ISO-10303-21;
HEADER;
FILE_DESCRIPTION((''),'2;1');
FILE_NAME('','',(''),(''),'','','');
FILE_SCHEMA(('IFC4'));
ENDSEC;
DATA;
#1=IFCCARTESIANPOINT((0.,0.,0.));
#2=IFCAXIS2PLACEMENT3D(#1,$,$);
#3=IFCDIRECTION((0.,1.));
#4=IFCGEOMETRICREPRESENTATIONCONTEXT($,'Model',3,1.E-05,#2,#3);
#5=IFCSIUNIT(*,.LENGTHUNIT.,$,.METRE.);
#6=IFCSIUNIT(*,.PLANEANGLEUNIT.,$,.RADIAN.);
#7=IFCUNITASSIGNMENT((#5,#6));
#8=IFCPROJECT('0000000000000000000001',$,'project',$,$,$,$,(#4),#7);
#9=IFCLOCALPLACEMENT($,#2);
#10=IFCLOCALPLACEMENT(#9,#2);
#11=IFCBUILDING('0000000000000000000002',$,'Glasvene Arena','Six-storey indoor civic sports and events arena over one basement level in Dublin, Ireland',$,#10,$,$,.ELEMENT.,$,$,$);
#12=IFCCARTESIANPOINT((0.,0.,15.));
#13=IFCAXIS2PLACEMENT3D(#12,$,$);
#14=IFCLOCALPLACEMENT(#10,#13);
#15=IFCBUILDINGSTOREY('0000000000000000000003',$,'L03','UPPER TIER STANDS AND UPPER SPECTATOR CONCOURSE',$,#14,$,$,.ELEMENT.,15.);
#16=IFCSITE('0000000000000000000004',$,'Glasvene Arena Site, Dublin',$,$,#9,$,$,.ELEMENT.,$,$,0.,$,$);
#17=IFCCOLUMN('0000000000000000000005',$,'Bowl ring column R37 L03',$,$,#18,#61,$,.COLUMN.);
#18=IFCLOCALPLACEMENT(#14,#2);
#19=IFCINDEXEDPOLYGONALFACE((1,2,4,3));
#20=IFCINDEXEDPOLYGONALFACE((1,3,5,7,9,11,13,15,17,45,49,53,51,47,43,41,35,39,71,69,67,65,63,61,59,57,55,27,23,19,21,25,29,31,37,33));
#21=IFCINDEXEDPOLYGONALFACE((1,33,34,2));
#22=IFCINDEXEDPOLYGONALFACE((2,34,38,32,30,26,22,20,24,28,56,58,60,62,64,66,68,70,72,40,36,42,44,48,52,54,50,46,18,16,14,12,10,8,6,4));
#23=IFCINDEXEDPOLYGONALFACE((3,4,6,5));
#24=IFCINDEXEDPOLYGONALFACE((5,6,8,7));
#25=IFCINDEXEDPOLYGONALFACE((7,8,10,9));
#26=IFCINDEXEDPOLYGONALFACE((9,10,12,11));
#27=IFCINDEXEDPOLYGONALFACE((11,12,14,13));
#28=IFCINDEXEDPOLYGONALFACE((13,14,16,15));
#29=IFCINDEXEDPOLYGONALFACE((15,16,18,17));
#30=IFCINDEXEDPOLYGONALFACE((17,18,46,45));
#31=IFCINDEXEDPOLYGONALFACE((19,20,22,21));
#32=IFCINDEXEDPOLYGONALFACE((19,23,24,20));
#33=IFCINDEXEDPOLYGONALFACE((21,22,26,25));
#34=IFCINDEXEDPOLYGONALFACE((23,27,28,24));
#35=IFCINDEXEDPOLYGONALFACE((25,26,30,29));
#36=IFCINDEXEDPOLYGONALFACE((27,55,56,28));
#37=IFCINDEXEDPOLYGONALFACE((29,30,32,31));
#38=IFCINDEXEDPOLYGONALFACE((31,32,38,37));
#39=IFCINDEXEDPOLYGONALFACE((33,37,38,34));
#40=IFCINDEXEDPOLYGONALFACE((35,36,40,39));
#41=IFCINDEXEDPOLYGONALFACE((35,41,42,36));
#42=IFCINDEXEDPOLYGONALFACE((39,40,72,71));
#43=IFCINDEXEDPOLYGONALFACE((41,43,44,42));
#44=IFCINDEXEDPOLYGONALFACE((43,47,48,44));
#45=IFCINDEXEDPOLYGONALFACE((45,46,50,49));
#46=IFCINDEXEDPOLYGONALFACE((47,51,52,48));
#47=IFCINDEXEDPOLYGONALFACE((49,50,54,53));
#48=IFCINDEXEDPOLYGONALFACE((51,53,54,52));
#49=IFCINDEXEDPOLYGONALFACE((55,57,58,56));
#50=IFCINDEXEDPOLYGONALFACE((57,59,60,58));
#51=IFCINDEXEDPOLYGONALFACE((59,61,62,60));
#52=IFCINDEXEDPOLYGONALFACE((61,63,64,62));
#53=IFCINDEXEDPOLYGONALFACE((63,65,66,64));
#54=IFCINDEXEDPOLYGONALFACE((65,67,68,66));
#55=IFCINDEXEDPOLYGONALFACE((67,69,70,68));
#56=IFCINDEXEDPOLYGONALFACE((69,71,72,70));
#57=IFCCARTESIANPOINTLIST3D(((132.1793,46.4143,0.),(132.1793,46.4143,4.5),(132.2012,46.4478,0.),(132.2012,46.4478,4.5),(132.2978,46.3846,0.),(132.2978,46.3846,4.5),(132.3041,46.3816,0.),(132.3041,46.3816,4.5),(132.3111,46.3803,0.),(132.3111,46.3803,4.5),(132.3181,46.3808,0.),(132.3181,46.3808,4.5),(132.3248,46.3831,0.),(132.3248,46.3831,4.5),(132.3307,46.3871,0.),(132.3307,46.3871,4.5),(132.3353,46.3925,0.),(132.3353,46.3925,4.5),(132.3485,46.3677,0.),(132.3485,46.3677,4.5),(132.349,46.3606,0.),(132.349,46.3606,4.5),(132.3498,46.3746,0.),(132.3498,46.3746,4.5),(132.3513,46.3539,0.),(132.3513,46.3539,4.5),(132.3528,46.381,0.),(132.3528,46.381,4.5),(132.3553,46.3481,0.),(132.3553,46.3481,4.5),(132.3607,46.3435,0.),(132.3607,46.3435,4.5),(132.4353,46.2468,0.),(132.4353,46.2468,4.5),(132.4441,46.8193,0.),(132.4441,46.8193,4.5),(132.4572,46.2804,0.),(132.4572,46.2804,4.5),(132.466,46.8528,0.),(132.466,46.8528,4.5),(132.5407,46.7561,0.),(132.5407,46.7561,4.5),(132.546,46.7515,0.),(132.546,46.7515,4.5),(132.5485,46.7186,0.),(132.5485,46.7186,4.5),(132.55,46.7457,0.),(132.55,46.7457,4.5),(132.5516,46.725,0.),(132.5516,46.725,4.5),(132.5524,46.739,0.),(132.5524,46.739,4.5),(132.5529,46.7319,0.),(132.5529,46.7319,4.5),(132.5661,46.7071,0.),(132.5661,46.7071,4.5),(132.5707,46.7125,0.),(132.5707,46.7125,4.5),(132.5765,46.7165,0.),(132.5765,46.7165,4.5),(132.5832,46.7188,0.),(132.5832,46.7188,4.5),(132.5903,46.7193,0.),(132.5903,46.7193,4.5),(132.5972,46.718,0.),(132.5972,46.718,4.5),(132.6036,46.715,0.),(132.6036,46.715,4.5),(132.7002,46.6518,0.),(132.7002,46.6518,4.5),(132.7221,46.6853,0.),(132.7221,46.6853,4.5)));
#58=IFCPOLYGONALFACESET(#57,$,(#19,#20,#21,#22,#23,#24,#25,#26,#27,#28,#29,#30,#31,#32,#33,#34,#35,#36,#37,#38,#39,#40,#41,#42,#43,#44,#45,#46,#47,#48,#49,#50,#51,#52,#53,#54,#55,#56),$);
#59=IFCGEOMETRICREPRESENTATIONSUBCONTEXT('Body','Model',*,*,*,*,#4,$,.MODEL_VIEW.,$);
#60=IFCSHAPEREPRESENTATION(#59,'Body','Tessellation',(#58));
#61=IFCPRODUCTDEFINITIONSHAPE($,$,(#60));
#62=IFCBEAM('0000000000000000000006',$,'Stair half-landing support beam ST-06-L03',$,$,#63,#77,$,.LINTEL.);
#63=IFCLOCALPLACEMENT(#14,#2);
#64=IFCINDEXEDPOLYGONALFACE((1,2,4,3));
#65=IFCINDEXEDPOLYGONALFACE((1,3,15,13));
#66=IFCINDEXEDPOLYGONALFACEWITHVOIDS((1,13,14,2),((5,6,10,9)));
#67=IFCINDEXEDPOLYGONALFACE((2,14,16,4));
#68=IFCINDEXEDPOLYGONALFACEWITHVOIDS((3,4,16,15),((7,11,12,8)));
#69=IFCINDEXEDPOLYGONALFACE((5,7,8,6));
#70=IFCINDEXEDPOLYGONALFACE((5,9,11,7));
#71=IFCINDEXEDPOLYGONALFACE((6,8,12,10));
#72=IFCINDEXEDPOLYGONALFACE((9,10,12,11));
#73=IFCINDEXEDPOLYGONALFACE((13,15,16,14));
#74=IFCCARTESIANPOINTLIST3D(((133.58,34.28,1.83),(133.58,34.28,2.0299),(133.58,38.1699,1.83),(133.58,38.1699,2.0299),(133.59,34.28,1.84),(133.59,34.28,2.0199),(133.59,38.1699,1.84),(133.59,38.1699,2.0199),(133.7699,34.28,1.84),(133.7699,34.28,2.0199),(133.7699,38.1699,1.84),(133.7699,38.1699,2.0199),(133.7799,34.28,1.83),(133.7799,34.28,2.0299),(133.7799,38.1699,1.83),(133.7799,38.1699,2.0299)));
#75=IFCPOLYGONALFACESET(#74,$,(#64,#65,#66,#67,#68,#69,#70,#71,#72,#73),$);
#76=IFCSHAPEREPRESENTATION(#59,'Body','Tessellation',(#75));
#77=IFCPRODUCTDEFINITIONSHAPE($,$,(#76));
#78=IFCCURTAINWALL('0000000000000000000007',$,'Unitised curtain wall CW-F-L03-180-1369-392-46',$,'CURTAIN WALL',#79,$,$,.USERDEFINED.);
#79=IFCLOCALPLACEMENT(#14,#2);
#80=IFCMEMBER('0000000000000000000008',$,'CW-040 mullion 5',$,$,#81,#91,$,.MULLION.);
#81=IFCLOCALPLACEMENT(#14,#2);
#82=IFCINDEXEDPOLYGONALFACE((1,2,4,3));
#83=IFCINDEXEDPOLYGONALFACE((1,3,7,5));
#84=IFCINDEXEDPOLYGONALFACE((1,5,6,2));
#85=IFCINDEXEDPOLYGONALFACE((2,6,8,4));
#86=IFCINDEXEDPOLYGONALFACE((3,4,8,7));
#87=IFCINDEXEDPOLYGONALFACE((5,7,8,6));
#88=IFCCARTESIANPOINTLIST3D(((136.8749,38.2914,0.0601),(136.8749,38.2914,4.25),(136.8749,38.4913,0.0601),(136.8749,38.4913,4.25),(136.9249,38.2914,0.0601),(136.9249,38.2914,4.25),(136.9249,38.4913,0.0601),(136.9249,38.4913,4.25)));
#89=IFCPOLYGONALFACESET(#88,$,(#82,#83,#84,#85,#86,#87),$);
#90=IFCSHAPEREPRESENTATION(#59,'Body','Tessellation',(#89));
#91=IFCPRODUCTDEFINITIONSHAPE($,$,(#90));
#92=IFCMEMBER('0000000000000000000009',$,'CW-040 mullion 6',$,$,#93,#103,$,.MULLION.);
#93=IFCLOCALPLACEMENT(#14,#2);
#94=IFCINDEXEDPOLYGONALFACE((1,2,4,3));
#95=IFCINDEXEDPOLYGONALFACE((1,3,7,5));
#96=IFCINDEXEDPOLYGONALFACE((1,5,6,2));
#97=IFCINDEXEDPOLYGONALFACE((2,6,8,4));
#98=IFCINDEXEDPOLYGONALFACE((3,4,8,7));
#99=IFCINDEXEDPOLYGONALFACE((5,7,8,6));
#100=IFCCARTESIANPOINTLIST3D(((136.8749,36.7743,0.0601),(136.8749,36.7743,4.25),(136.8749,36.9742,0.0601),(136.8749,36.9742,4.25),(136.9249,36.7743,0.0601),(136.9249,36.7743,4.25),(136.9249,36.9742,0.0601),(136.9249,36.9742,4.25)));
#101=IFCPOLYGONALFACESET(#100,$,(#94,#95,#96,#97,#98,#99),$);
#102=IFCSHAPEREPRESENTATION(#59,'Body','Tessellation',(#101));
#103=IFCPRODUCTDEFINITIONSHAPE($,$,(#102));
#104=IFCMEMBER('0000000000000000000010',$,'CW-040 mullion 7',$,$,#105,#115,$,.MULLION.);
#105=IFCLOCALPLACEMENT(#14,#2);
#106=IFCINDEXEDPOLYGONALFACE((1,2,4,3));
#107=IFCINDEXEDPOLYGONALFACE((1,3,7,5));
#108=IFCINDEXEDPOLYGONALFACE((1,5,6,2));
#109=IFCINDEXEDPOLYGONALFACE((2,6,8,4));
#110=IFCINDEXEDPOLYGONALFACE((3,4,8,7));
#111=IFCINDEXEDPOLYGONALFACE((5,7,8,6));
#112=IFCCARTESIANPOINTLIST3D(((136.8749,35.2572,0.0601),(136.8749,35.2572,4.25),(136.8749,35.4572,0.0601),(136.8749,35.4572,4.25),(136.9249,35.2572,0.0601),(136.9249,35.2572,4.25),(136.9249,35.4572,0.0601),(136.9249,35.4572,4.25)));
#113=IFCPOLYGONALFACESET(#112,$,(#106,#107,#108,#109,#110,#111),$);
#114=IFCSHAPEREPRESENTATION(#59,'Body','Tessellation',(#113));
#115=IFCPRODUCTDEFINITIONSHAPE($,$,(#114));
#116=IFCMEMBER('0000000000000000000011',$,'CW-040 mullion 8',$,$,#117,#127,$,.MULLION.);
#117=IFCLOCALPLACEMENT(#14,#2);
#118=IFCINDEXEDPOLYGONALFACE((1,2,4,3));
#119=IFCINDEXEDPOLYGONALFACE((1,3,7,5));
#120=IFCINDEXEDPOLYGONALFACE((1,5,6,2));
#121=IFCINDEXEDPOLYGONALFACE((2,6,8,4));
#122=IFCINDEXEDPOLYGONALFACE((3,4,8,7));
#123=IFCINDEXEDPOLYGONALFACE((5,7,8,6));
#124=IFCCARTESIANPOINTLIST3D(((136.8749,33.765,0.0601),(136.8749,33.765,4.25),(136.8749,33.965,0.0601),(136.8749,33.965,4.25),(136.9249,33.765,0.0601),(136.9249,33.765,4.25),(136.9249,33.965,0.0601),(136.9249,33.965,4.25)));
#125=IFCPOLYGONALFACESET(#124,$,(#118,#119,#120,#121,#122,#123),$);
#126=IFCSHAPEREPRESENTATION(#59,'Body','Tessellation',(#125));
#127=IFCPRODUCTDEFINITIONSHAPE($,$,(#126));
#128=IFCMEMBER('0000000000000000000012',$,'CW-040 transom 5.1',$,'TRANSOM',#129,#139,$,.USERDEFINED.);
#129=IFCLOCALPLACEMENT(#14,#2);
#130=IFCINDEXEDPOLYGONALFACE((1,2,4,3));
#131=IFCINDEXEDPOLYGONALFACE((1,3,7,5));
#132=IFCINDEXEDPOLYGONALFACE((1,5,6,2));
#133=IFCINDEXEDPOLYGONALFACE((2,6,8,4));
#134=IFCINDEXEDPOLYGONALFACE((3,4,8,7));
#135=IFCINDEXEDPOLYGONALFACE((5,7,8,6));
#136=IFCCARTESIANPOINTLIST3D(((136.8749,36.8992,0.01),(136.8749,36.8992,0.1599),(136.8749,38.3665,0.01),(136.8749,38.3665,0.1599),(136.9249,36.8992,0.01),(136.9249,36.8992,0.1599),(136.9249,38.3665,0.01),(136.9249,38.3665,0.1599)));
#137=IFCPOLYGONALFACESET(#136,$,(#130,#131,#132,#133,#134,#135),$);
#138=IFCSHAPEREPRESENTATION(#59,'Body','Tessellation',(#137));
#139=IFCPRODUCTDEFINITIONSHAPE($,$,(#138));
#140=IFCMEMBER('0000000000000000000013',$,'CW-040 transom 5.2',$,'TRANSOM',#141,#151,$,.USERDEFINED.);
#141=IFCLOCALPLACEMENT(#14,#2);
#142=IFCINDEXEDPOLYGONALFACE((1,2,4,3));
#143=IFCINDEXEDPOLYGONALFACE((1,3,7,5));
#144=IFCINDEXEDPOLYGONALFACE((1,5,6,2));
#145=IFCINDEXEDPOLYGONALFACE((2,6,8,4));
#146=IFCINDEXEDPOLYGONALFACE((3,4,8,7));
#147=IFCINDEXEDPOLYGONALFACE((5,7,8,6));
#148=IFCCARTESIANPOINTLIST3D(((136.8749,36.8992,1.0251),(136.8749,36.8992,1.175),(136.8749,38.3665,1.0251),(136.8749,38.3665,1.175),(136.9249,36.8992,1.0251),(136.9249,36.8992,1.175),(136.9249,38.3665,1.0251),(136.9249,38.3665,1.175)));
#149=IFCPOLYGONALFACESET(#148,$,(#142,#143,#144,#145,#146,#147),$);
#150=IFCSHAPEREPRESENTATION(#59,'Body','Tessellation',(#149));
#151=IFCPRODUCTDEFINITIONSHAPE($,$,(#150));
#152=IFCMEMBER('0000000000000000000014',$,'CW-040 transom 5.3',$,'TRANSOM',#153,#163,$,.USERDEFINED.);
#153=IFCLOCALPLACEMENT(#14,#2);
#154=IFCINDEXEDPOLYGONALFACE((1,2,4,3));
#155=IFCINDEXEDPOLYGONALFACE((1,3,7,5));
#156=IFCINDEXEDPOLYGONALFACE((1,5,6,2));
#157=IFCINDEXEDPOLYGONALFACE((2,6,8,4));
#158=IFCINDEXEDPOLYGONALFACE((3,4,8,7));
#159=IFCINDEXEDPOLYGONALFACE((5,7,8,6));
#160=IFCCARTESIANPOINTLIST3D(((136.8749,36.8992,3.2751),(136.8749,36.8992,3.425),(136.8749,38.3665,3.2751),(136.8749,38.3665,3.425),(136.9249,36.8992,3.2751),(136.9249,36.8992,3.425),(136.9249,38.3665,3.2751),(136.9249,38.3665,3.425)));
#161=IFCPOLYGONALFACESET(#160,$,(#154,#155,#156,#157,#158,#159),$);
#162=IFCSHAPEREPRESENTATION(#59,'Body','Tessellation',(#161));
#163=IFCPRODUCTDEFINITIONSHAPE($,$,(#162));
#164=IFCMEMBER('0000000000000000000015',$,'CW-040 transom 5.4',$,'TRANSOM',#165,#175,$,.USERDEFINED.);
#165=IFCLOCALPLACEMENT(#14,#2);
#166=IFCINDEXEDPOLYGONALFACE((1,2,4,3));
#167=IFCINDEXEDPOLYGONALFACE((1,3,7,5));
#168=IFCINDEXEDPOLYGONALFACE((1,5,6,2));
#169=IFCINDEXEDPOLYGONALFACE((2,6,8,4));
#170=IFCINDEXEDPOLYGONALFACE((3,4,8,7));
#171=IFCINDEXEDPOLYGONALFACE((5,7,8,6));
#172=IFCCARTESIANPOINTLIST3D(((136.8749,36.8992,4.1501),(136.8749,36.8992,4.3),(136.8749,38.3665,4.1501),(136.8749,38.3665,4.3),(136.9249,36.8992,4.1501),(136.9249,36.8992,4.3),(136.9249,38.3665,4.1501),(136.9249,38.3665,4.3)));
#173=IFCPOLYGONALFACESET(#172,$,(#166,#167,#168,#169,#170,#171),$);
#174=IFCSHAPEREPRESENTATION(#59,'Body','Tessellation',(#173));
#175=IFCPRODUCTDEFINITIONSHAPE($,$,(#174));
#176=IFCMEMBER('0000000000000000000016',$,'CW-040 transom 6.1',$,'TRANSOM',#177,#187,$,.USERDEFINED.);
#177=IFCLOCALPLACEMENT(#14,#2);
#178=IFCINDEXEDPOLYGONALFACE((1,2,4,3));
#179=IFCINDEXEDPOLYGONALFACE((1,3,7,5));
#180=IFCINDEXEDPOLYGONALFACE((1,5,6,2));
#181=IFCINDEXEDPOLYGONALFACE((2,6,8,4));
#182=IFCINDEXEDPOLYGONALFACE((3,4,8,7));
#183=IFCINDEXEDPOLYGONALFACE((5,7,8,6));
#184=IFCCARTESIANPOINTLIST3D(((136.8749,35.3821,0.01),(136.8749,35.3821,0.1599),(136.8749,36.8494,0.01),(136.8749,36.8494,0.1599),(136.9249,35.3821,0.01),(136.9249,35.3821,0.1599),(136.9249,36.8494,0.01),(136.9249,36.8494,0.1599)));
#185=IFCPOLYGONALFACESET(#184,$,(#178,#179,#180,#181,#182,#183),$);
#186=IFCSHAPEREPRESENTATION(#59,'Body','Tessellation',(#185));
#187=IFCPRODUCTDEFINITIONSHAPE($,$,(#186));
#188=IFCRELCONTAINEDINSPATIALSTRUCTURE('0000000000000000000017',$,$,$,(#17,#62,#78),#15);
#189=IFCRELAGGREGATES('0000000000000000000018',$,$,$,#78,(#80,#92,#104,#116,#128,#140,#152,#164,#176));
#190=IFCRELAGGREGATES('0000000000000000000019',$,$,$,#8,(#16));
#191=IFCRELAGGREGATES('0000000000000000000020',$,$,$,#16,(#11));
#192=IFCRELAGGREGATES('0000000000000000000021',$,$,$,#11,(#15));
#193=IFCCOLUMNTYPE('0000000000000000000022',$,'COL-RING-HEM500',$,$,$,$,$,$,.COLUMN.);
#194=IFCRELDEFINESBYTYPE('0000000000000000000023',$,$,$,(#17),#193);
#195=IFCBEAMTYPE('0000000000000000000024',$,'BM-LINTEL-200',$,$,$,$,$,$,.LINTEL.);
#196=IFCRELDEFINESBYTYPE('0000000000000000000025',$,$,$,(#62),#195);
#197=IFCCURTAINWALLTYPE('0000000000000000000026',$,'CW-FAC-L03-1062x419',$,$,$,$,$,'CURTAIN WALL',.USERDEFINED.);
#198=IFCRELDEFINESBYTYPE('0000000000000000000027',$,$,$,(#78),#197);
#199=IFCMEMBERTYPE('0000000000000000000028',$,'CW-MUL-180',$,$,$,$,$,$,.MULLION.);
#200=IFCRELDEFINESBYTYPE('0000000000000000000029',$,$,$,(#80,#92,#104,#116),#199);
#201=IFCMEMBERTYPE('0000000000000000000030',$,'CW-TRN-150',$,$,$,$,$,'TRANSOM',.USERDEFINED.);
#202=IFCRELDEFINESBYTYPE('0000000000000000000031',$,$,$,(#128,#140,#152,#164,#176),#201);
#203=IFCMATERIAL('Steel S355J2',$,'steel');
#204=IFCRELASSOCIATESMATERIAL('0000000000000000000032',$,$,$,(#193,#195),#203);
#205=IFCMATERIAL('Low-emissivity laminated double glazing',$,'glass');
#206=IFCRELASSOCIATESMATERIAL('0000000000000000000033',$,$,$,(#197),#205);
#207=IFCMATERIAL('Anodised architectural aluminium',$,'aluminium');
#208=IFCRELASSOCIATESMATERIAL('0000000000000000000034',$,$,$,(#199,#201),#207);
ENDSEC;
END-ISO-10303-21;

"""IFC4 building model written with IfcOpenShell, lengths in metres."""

from ifc_helpers import new_model, si_unit, direction, frame, origin, origin_2d, place, context, subcontext, project, spatial, rectangle, hollow_rectangle, i_section, extrude, material, material_profile, profile_set, type_object, element, aggregate, save


model = new_model("IFC4")

# Units and contexts
model_context = context("Model", 3, precision=1e-05, world=origin(), true_north=direction((0.0, 1.0)))
body_context = subcontext(model_context, "Body", "Model", "MODEL_VIEW")
ifc_project = project(units=[si_unit("LENGTHUNIT", "METRE"), si_unit("PLANEANGLEUNIT", "RADIAN")], contexts=[model_context])

# Site, building, storey
site_placement = place(None, origin())
site = spatial("IfcSite", under=ifc_project, at=site_placement, Name="Glasvene Arena Site, Dublin", CompositionType="ELEMENT", RefElevation=0.0)
building_placement = place(site_placement, origin())
building = spatial("IfcBuilding", under=site, at=building_placement, Name="Glasvene Arena", Description="Six-storey indoor civic sports and events arena over one basement level in Dublin, Ireland", CompositionType="ELEMENT")
storey_placement = place(building_placement, frame((0.0, 0.0, 15.0)))
storey = spatial("IfcBuildingStorey", under=building, at=storey_placement, Name="L03", Description="UPPER TIER STANDS AND UPPER SPECTATOR CONCOURSE", CompositionType="ELEMENT", Elevation=15.0)

# Column
ifc_material_1 = material(Name="Steel S355J2", Category="steel")
ifc_material_profile_1 = material_profile(ifc_material_1, i_section(OverallWidth=0.3059, OverallDepth=0.5239, WebThickness=0.021, FlangeThickness=0.04, FilletRadius=0.0271, at=origin_2d()), Name="HEM 500")
ifc_profile_set_1 = profile_set([ifc_material_profile_1], Name="Steel S355J2")
column_type = type_object("IfcColumnType", Name="COL-RING-HEM500", PredefinedType="COLUMN", material=ifc_profile_set_1)
column_placement = place(storey_placement, frame((132.4507, 46.5498, 0.0), z_axis=(0.0, 0.0, 1.0), x_axis=(0.836955, -0.547271, 0.0)))
element("IfcColumn", 1, at=column_placement, inside=storey, type_object=column_type, Name="Bowl ring column R37 L03", PredefinedType="COLUMN", context=body_context, shape_type="SweptSolid", body=[
    extrude(i_section(OverallWidth=0.3059, OverallDepth=0.5239, WebThickness=0.021, FlangeThickness=0.04, FilletRadius=0.0271, at=origin_2d()), origin(), (0.0, 0.0, 1.0), 4.5),
])

# Beam
ifc_material_profile_2 = material_profile(ifc_material_1, hollow_rectangle(XDim=0.2, YDim=0.2, WallThickness=0.01, at=origin_2d()), Name="SHS 200x200x10.0")
ifc_profile_set_2 = profile_set([ifc_material_profile_2], Name="Steel S355J2")
beam_type = type_object("IfcBeamType", Name="BM-LINTEL-200", PredefinedType="LINTEL", material=ifc_profile_set_2)
beam_placement = place(storey_placement, frame((133.6799, 34.28, 1.9299), z_axis=(0.0, 1.0, 0.0), x_axis=(-1.0, 0.0, 0.0)))
element("IfcBeam", 2, at=beam_placement, inside=storey, type_object=beam_type, Name="Stair half-landing support beam ST-06-L03", PredefinedType="LINTEL", context=body_context, shape_type="SweptSolid", body=[
    extrude(hollow_rectangle(XDim=0.2, YDim=0.2, WallThickness=0.01, at=origin_2d()), origin(), (0.0, 0.0, 1.0), 3.8899),
])

# Curtain wall, members
ifc_material_2 = material(Name="Low-emissivity laminated double glazing", Category="glass")
curtain_wall_type = type_object("IfcCurtainWallType", Name="CW-FAC-L03-1062x419", ElementType="CURTAIN WALL", PredefinedType="USERDEFINED", material=ifc_material_2)
curtain_wall_placement = place(storey_placement, frame((136.8999, 44.46, 0.0)))
curtain_wall = element("IfcCurtainWall", 3, at=curtain_wall_placement, inside=storey, type_object=curtain_wall_type, Name="Unitised curtain wall CW-F-L03-180-1369-392-46", ObjectType="CURTAIN WALL", PredefinedType="USERDEFINED")
ifc_material_3 = material(Name="Anodised architectural aluminium", Category="aluminium")
ifc_material_profile_3 = material_profile(ifc_material_3, rectangle(XDim=0.05, YDim=0.2, at=origin_2d()), Name="ALU MULLION 50x200")
ifc_profile_set_3 = profile_set([ifc_material_profile_3], Name="Anodised architectural aluminium")
member_type_1 = type_object("IfcMemberType", Name="CW-MUL-180", PredefinedType="MULLION", material=ifc_profile_set_3)
member_1_placement = place(storey_placement, frame((136.8999, 38.3914, 0.0601), z_axis=(0.0, 0.0, 1.0), x_axis=(1.0, 0.0, 0.0)))
member_1 = element("IfcMember", 4, at=member_1_placement, type_object=member_type_1, Name="CW-040 mullion 5", PredefinedType="MULLION", context=body_context, shape_type="SweptSolid", body=[
    extrude(rectangle(XDim=0.05, YDim=0.2, at=origin_2d()), origin(), (0.0, 0.0, 1.0), 4.1899),
])
member_2_placement = place(storey_placement, frame((136.8999, 36.8743, 0.0601), z_axis=(0.0, 0.0, 1.0), x_axis=(1.0, 0.0, 0.0)))
member_2 = element("IfcMember", 5, at=member_2_placement, type_object=member_type_1, Name="CW-040 mullion 6", PredefinedType="MULLION", context=body_context, shape_type="SweptSolid", body=[
    extrude(rectangle(XDim=0.05, YDim=0.2, at=origin_2d()), origin(), (0.0, 0.0, 1.0), 4.1899),
])
member_3_placement = place(storey_placement, frame((136.8999, 35.3572, 0.0601), z_axis=(0.0, 0.0, 1.0), x_axis=(1.0, 0.0, 0.0)))
member_3 = element("IfcMember", 6, at=member_3_placement, type_object=member_type_1, Name="CW-040 mullion 7", PredefinedType="MULLION", context=body_context, shape_type="SweptSolid", body=[
    extrude(rectangle(XDim=0.05, YDim=0.2, at=origin_2d()), origin(), (0.0, 0.0, 1.0), 4.1899),
])
member_4_placement = place(storey_placement, frame((136.8999, 33.865, 0.0601), z_axis=(0.0, 0.0, 1.0), x_axis=(1.0, 0.0, 0.0)))
member_4 = element("IfcMember", 7, at=member_4_placement, type_object=member_type_1, Name="CW-040 mullion 8", PredefinedType="MULLION", context=body_context, shape_type="SweptSolid", body=[
    extrude(rectangle(XDim=0.05, YDim=0.2, at=origin_2d()), origin(), (0.0, 0.0, 1.0), 4.1899),
])
ifc_material_profile_4 = material_profile(ifc_material_3, rectangle(XDim=0.05, YDim=0.1499, at=origin_2d()), Name="ALU TRANSOM 50x150")
ifc_profile_set_4 = profile_set([ifc_material_profile_4], Name="Anodised architectural aluminium")
member_type_2 = type_object("IfcMemberType", Name="CW-TRN-150", ElementType="TRANSOM", PredefinedType="USERDEFINED", material=ifc_profile_set_4)
member_5_placement = place(storey_placement, frame((136.8999, 38.3665, 0.085), z_axis=(0.0, -1.0, 0.0), x_axis=(1.0, 0.0, 0.0)))
member_5 = element("IfcMember", 8, at=member_5_placement, type_object=member_type_2, Name="CW-040 transom 5.1", ObjectType="TRANSOM", PredefinedType="USERDEFINED", context=body_context, shape_type="SweptSolid", body=[
    extrude(rectangle(XDim=0.05, YDim=0.1499, at=origin_2d()), origin(), (0.0, 0.0, 1.0), 1.4673),
])
member_6_placement = place(storey_placement, frame((136.8999, 38.3665, 1.1001), z_axis=(0.0, -1.0, 0.0), x_axis=(1.0, 0.0, 0.0)))
member_6 = element("IfcMember", 9, at=member_6_placement, type_object=member_type_2, Name="CW-040 transom 5.2", ObjectType="TRANSOM", PredefinedType="USERDEFINED", context=body_context, shape_type="SweptSolid", body=[
    extrude(rectangle(XDim=0.05, YDim=0.1499, at=origin_2d()), origin(), (0.0, 0.0, 1.0), 1.4673),
])
member_7_placement = place(storey_placement, frame((136.8999, 38.3665, 3.3501), z_axis=(0.0, -1.0, 0.0), x_axis=(1.0, 0.0, 0.0)))
member_7 = element("IfcMember", 10, at=member_7_placement, type_object=member_type_2, Name="CW-040 transom 5.3", ObjectType="TRANSOM", PredefinedType="USERDEFINED", context=body_context, shape_type="SweptSolid", body=[
    extrude(rectangle(XDim=0.05, YDim=0.1499, at=origin_2d()), origin(), (0.0, 0.0, 1.0), 1.4673),
])
member_8_placement = place(storey_placement, frame((136.8999, 38.3665, 4.2251), z_axis=(0.0, -1.0, 0.0), x_axis=(1.0, 0.0, 0.0)))
member_8 = element("IfcMember", 11, at=member_8_placement, type_object=member_type_2, Name="CW-040 transom 5.4", ObjectType="TRANSOM", PredefinedType="USERDEFINED", context=body_context, shape_type="SweptSolid", body=[
    extrude(rectangle(XDim=0.05, YDim=0.1499, at=origin_2d()), origin(), (0.0, 0.0, 1.0), 1.4673),
])
member_9_placement = place(storey_placement, frame((136.8999, 36.8494, 0.085), z_axis=(0.0, -1.0, 0.0), x_axis=(1.0, 0.0, 0.0)))
member_9 = element("IfcMember", 12, at=member_9_placement, type_object=member_type_2, Name="CW-040 transom 6.1", ObjectType="TRANSOM", PredefinedType="USERDEFINED", context=body_context, shape_type="SweptSolid", body=[
    extrude(rectangle(XDim=0.05, YDim=0.1499, at=origin_2d()), origin(), (0.0, 0.0, 1.0), 1.4673),
])
aggregate(curtain_wall, [member_1, member_2, member_3, member_4, member_5, member_6, member_7, member_8, member_9])

save(model, "model.ifc")
